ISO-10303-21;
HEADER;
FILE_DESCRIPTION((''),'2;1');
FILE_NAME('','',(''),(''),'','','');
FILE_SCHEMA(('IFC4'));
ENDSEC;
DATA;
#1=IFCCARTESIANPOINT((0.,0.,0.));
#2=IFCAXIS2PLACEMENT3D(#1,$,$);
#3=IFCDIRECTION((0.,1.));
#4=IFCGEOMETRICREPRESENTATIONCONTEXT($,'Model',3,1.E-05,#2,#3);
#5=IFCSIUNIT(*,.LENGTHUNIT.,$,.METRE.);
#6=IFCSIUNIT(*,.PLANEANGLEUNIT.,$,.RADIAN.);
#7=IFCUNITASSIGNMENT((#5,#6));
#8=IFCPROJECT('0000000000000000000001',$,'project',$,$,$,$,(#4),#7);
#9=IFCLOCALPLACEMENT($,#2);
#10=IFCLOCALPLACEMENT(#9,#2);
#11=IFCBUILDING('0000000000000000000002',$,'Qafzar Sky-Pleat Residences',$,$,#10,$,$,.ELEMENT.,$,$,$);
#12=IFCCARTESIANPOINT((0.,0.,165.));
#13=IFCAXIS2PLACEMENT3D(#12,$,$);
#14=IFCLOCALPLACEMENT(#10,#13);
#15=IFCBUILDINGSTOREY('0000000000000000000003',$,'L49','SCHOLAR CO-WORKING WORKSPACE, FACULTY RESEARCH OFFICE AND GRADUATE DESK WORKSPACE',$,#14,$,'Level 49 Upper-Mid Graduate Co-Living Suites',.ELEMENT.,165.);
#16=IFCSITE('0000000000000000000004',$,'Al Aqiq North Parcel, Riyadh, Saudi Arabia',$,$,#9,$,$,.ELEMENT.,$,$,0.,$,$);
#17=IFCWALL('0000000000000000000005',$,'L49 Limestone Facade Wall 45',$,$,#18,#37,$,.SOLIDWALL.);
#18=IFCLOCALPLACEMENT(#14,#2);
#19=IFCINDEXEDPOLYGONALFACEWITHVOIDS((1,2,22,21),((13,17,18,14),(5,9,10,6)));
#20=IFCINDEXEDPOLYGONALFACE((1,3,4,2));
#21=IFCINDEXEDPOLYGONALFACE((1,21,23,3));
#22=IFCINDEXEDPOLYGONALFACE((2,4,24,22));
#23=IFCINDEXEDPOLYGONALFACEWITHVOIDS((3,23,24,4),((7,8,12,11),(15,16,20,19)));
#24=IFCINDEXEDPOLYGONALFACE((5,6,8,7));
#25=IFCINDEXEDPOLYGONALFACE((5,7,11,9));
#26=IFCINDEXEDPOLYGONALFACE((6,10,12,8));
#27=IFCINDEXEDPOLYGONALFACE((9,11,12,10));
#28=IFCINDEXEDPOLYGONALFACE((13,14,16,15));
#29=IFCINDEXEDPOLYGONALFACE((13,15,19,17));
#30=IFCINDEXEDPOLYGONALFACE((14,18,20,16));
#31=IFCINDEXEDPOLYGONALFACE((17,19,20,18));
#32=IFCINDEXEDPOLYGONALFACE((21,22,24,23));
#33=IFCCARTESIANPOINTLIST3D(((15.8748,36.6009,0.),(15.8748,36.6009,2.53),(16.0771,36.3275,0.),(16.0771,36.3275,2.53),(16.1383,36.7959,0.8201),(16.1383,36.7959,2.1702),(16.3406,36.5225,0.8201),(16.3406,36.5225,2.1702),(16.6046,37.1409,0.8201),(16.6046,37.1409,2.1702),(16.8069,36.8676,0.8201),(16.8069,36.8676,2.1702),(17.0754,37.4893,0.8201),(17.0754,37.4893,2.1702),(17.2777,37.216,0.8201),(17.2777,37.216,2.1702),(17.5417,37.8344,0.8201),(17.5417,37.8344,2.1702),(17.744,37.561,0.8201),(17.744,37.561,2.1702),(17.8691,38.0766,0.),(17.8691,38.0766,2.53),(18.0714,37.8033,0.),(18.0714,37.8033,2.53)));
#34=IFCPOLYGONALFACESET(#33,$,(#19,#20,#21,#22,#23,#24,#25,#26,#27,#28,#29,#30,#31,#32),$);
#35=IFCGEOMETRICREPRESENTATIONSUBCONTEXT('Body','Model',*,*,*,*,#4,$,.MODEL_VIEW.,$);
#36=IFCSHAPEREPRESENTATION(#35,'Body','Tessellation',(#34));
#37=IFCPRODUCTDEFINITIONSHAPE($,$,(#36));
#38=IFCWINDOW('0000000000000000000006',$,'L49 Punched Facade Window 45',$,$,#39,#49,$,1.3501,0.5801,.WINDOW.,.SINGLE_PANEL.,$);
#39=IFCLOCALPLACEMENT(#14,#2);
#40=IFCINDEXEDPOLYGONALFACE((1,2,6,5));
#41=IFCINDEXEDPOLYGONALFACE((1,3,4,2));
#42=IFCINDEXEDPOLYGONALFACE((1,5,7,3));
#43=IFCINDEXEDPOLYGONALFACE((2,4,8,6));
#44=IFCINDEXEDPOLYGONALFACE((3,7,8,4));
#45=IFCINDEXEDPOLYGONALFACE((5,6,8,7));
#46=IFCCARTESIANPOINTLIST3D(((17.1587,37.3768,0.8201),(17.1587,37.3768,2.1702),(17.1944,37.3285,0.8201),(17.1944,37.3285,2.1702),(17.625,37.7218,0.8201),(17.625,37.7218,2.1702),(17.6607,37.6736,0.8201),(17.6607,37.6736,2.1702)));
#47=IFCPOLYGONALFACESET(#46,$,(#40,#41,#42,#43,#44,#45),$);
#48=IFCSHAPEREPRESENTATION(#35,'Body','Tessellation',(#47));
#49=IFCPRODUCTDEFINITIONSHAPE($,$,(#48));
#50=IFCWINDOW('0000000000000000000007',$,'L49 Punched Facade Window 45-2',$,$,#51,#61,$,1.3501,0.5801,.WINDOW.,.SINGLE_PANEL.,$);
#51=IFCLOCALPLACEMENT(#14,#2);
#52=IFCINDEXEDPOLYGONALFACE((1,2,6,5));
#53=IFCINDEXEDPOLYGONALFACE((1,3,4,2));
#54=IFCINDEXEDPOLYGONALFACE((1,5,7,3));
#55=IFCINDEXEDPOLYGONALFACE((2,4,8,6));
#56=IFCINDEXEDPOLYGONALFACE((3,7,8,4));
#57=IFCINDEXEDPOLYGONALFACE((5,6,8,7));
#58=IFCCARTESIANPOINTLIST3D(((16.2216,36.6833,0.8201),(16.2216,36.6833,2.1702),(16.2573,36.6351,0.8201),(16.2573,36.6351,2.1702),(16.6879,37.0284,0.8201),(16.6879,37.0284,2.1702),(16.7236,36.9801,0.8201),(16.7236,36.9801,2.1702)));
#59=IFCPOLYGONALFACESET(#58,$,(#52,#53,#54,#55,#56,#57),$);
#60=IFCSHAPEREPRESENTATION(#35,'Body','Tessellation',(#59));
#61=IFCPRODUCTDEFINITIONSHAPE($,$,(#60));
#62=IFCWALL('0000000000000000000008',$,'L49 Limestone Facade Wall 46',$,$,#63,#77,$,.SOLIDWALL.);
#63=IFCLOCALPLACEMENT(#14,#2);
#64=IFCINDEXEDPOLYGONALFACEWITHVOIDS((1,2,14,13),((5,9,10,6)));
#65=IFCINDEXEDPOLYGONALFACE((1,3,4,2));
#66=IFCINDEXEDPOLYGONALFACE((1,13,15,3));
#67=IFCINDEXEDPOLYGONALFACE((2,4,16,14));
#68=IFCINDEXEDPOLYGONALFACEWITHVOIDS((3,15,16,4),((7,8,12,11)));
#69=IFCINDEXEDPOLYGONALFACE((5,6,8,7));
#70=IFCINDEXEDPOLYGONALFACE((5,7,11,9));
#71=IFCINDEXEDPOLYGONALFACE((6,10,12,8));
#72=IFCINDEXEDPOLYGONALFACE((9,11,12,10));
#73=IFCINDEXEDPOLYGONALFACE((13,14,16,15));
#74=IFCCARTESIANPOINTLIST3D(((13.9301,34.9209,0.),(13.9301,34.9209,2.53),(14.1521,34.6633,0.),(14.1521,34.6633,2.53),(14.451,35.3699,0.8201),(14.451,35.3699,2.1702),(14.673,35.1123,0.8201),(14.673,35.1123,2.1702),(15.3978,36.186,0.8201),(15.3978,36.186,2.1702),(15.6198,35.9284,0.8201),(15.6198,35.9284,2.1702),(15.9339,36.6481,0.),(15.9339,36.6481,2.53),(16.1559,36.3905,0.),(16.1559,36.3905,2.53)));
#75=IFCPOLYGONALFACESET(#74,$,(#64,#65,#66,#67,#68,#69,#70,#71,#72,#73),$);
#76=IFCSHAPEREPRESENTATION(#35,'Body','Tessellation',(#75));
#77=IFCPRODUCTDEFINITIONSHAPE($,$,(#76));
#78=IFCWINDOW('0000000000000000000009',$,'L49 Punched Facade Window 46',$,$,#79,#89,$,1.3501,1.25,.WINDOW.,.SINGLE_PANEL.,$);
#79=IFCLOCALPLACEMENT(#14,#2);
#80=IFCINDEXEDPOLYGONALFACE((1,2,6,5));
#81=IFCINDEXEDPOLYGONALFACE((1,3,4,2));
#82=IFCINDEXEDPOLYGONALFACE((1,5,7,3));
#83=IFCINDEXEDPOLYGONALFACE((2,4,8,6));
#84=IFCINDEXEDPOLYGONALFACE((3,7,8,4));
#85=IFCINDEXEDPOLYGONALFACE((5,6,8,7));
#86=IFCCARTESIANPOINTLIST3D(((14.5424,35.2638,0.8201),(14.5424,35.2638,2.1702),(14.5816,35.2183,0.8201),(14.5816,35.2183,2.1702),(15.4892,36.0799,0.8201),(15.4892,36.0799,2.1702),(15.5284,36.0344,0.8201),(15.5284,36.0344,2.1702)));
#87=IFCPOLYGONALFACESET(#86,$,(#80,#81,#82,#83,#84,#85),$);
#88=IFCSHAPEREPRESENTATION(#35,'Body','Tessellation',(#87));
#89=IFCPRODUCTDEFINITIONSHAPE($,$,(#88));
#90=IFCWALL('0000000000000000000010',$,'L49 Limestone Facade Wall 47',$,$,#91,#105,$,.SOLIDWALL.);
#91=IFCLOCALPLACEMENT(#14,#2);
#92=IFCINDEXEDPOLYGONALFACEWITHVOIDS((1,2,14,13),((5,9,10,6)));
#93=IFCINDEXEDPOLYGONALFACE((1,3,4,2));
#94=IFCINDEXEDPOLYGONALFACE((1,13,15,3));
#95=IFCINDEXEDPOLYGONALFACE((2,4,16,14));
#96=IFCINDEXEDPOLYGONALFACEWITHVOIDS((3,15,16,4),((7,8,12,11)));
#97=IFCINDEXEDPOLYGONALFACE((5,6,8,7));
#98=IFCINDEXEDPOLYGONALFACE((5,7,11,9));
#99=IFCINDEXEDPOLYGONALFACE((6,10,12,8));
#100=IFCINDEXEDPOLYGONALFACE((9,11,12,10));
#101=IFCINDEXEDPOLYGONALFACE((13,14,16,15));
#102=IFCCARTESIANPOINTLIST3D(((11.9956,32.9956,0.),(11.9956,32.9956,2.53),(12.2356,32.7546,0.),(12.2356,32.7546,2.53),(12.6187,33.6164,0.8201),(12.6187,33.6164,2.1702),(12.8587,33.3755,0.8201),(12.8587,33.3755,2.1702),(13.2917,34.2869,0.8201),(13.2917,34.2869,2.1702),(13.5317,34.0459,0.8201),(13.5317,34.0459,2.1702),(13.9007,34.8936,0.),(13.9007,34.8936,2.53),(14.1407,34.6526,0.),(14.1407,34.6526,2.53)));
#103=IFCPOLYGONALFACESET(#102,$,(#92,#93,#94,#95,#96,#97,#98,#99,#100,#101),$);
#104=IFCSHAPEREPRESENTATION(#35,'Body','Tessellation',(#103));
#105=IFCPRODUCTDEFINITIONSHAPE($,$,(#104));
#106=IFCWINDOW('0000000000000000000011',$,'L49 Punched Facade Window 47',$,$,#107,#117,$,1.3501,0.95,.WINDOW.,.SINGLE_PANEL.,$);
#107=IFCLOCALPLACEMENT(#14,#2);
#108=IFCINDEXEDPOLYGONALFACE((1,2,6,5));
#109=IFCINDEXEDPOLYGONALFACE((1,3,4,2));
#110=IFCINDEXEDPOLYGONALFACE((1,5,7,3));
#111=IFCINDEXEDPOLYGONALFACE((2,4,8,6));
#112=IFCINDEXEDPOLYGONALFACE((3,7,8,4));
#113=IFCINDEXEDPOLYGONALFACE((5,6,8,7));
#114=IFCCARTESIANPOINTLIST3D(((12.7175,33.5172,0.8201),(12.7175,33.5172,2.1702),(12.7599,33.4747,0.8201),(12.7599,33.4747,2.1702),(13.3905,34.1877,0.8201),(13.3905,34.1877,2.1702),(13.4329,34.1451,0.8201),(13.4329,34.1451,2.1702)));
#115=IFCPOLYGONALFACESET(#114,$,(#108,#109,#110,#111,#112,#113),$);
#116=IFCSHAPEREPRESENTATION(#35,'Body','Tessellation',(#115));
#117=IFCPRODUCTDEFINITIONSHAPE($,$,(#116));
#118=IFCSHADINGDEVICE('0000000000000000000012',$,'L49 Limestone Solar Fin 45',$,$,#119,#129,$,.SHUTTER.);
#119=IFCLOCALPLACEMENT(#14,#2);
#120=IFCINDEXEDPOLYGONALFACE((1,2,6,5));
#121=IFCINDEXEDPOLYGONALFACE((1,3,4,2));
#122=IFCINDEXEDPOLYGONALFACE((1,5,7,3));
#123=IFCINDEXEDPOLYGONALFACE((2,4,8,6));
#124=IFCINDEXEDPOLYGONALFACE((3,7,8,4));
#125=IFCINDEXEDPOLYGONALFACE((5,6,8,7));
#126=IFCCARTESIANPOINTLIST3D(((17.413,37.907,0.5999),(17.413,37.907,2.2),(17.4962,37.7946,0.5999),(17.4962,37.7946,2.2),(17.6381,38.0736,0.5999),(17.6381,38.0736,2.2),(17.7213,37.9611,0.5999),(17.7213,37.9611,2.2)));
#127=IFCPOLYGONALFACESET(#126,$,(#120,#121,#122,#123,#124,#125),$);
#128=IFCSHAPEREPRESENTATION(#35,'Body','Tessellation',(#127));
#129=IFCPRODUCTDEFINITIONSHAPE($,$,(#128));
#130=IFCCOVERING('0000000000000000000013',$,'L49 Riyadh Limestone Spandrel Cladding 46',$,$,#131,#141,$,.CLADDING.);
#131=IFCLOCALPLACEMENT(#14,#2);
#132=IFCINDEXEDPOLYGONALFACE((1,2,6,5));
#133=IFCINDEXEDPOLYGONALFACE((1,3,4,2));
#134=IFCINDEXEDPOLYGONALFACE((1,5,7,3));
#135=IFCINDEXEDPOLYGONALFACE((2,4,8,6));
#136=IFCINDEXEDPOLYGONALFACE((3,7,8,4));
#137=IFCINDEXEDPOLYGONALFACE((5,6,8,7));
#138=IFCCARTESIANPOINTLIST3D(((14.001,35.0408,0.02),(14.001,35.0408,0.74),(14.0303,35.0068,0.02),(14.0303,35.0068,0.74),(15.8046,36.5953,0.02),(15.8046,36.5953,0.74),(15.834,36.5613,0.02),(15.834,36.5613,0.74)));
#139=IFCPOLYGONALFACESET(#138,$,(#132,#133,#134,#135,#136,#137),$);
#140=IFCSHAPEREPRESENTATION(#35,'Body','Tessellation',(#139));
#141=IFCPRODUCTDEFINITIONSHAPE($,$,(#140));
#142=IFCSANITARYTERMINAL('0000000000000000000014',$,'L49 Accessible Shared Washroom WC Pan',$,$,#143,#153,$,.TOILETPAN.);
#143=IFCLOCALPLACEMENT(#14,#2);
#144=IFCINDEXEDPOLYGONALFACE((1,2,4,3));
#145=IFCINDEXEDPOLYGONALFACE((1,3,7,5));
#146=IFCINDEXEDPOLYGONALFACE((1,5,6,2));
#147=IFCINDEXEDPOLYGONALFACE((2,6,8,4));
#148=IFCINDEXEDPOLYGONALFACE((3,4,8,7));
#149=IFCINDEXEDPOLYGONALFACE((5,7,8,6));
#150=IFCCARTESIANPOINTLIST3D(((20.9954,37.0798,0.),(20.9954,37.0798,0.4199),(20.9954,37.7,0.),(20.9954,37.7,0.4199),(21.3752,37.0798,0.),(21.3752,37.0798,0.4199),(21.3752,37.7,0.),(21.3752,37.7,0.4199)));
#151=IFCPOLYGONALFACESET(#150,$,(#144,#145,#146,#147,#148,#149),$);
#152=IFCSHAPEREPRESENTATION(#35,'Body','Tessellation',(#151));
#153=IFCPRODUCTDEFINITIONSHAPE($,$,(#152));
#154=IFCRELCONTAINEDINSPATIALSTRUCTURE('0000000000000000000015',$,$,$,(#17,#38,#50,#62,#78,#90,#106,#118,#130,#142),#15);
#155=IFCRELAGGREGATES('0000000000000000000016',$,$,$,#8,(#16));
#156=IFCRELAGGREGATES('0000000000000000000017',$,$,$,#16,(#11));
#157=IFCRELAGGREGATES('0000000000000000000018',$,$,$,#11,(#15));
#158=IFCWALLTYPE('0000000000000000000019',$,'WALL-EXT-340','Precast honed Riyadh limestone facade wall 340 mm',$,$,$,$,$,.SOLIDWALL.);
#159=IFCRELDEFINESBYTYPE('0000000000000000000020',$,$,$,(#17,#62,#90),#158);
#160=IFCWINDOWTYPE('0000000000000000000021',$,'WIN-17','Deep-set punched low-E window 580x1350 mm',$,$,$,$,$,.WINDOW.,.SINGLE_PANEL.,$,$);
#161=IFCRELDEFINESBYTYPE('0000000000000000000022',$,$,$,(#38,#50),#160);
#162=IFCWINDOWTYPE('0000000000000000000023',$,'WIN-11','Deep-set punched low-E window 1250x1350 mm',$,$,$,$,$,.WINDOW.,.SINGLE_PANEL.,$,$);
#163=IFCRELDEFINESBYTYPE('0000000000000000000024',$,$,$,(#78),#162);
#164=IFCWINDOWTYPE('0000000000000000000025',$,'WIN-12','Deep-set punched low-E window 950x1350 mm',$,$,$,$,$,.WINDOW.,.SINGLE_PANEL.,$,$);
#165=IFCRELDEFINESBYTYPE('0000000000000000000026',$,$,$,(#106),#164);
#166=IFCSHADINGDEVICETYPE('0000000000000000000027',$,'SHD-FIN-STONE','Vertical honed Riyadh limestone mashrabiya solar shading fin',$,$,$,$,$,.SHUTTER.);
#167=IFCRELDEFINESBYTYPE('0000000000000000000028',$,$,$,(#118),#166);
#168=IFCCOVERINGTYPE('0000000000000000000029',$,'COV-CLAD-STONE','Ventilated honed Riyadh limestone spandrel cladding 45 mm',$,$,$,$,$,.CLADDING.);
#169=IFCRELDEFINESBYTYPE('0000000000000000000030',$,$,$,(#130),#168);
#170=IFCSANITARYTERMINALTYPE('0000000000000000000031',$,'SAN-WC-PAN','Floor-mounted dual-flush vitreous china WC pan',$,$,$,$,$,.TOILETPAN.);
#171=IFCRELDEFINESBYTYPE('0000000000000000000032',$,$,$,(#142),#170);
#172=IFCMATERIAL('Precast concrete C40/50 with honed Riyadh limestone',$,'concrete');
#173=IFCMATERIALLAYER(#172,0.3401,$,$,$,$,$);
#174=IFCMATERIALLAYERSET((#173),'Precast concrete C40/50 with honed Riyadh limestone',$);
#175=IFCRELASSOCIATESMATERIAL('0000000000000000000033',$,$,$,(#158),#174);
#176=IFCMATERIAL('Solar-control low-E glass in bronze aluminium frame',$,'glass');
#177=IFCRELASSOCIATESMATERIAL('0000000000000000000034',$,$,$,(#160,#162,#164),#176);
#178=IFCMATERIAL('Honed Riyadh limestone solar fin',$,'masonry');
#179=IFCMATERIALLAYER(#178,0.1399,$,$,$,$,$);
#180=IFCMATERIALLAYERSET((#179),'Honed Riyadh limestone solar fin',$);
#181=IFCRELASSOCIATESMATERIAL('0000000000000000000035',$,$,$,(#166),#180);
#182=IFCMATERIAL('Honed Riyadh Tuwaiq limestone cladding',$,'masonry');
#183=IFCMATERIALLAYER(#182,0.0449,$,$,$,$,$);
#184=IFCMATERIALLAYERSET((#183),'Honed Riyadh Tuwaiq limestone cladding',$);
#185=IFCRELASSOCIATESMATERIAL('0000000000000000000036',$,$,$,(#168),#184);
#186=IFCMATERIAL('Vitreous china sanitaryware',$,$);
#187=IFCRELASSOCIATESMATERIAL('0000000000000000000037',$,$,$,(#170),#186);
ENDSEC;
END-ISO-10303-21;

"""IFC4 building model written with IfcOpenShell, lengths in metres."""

from ifc_helpers import new_model, si_unit, direction, frame, frame_2d, origin, origin_2d, place, context, subcontext, project, spatial, rectangle, extrude, source, transform, mapped, material, layer, layer_set, type_object, element, fill, save


model = new_model("IFC4")

# Units and contexts
model_context = context("Model", 3, precision=1e-05, world=origin(), true_north=direction((0.0, 1.0)))
body_context = subcontext(model_context, "Body", "Model", "MODEL_VIEW")
ifc_project = project(units=[si_unit("LENGTHUNIT", "METRE"), si_unit("PLANEANGLEUNIT", "RADIAN")], contexts=[model_context])

# Site, building, storey
site_placement = place(None, origin())
site = spatial("IfcSite", under=ifc_project, at=site_placement, Name="Al Aqiq North Parcel, Riyadh, Saudi Arabia", CompositionType="ELEMENT", RefElevation=0.0)
building_placement = place(site_placement, origin())
building = spatial("IfcBuilding", under=site, at=building_placement, Name="Qafzar Sky-Pleat Residences", CompositionType="ELEMENT")
storey_placement = place(building_placement, frame((0.0, 0.0, 165.0)))
storey = spatial("IfcBuildingStorey", under=building, at=storey_placement, Name="L49", Description="SCHOLAR CO-WORKING WORKSPACE, FACULTY RESEARCH OFFICE AND GRADUATE DESK WORKSPACE", LongName="Level 49 Upper-Mid Graduate Co-Living Suites", CompositionType="ELEMENT", Elevation=165.0)

# Shared definitions
ifc_material_1 = material(Name="Precast concrete C40/50 with honed Riyadh limestone", Category="concrete")
ifc_layer_1 = layer(ifc_material_1, 0.3401)
ifc_layer_set_1 = layer_set([ifc_layer_1], Name="Precast concrete C40/50 with honed Riyadh limestone")
wall_type_1 = type_object("IfcWallType", Name="WALL-EXT-340", Description="Precast honed Riyadh limestone facade wall 340 mm", PredefinedType="SOLIDWALL", material=ifc_layer_set_1)
ifc_material_2 = material(Name="Solar-control low-E glass in bronze aluminium frame", Category="glass")

# Wall, openings, windows
wall_1_placement = place(storey_placement, frame((17.9702, 37.9399, 0.0), z_axis=(0.0, 0.0, 1.0), x_axis=(-0.803845, -0.594839, 0.0)))
wall_1 = element("IfcWall", 1, at=wall_1_placement, inside=storey, type_object=wall_type_1, Name="L49 Limestone Facade Wall 45", PredefinedType="SOLIDWALL", context=body_context, shape_type="SweptSolid", body=[
    extrude(rectangle(XDim=2.481, YDim=0.3401, at=frame_2d((1.2405, 0.0))), origin(), (0.0, 0.0, 1.0), 2.53),
])
opening_1_placement = place(wall_1_placement, frame((0.4072, 0.0, 0.8201)))
opening_1 = element("IfcOpeningElement", 2, at=opening_1_placement, cuts=wall_1, PredefinedType="OPENING", context=body_context, shape_type="SweptSolid", body=[
    extrude(rectangle(XDim=0.5801, YDim=1.3501, at=frame_2d((0.29, 0.675))), frame((0.0, 0.1802, 0.0), z_axis=(0.0, -1.0, 0.0), x_axis=(1.0, 0.0, 0.0)), (0.0, 0.0, 1.0), 0.3601),
])
opening_2_placement = place(wall_1_placement, frame((1.573, 0.0, 0.8201)))
opening_2 = element("IfcOpeningElement", 3, at=opening_2_placement, cuts=wall_1, PredefinedType="OPENING", context=body_context, shape_type="SweptSolid", body=[
    extrude(rectangle(XDim=0.5801, YDim=1.3501, at=frame_2d((0.29, 0.675))), frame((0.0, 0.1802, 0.0), z_axis=(0.0, -1.0, 0.0), x_axis=(1.0, 0.0, 0.0)), (0.0, 0.0, 1.0), 0.3601),
])
window_type_1 = type_object("IfcWindowType", Name="WIN-17", Description="Deep-set punched low-E window 580x1350 mm", PartitioningType="SINGLE_PANEL", PredefinedType="WINDOW", material=ifc_material_2)
shared_shape_1 = source(origin(), body_context, "Body", "SweptSolid", [
    extrude(rectangle(XDim=0.5801, YDim=1.3501, at=frame_2d((0.29, 0.675))), frame((0.0, 0.03, 0.0), z_axis=(0.0, -1.0, 0.0), x_axis=(1.0, 0.0, 0.0)), (0.0, 0.0, 1.0), 0.0601),
])
window_1_placement = place(opening_1_placement, origin())
window_1 = element("IfcWindow", 4, at=window_1_placement, inside=storey, type_object=window_type_1, Name="L49 Punched Facade Window 45", OverallHeight=1.3501, OverallWidth=0.5801, PartitioningType="SINGLE_PANEL", PredefinedType="WINDOW", context=body_context, shape_type="MappedRepresentation", body=[
    mapped(shared_shape_1, transform((0.0, 0.0, 0.0), x_axis=(1.0, 0.0, 0.0), y_axis=(0.0, 1.0, 0.0), z_axis=(0.0, 0.0, 1.0), scale=1.0)),
])
fill(opening_1, window_1)
window_2_placement = place(opening_2_placement, origin())
window_2 = element("IfcWindow", 5, at=window_2_placement, inside=storey, type_object=window_type_1, Name="L49 Punched Facade Window 45-2", OverallHeight=1.3501, OverallWidth=0.5801, PartitioningType="SINGLE_PANEL", PredefinedType="WINDOW", context=body_context, shape_type="MappedRepresentation", body=[
    mapped(shared_shape_1, transform((0.0, 0.0, 0.0), x_axis=(1.0, 0.0, 0.0), y_axis=(0.0, 1.0, 0.0), z_axis=(0.0, 0.0, 1.0), scale=1.0)),
])
fill(opening_2, window_2)

# Walls, openings, windows
wall_2_placement = place(storey_placement, frame((16.0449, 36.5193, 0.0), z_axis=(0.0, 0.0, 1.0), x_axis=(-0.757449, -0.652894, 0.0)))
wall_2 = element("IfcWall", 6, at=wall_2_placement, inside=storey, type_object=wall_type_1, Name="L49 Limestone Facade Wall 46", PredefinedType="SOLIDWALL", context=body_context, shape_type="SweptSolid", body=[
    extrude(rectangle(XDim=2.6455, YDim=0.3401, at=frame_2d((1.3228, 0.0))), origin(), (0.0, 0.0, 1.0), 2.53),
])
opening_3_placement = place(wall_2_placement, frame((0.7078, 0.0, 0.8201)))
opening_3 = element("IfcOpeningElement", 7, at=opening_3_placement, cuts=wall_2, PredefinedType="OPENING", context=body_context, shape_type="SweptSolid", body=[
    extrude(rectangle(XDim=1.25, YDim=1.3501, at=frame_2d((0.625, 0.675))), frame((0.0, 0.1802, 0.0), z_axis=(0.0, -1.0, 0.0), x_axis=(1.0, 0.0, 0.0)), (0.0, 0.0, 1.0), 0.3601),
])
window_type_2 = type_object("IfcWindowType", Name="WIN-11", Description="Deep-set punched low-E window 1250x1350 mm", PartitioningType="SINGLE_PANEL", PredefinedType="WINDOW", material=ifc_material_2)
shared_shape_2 = source(origin(), body_context, "Body", "SweptSolid", [
    extrude(rectangle(XDim=1.25, YDim=1.3501, at=frame_2d((0.625, 0.675))), frame((0.0, 0.03, 0.0), z_axis=(0.0, -1.0, 0.0), x_axis=(1.0, 0.0, 0.0)), (0.0, 0.0, 1.0), 0.0601),
])
window_3_placement = place(opening_3_placement, origin())
window_3 = element("IfcWindow", 8, at=window_3_placement, inside=storey, type_object=window_type_2, Name="L49 Punched Facade Window 46", OverallHeight=1.3501, OverallWidth=1.25, PartitioningType="SINGLE_PANEL", PredefinedType="WINDOW", context=body_context, shape_type="MappedRepresentation", body=[
    mapped(shared_shape_2, transform((0.0, 0.0, 0.0), x_axis=(1.0, 0.0, 0.0), y_axis=(0.0, 1.0, 0.0), z_axis=(0.0, 0.0, 1.0), scale=1.0)),
])
fill(opening_3, window_3)
wall_3_placement = place(storey_placement, frame((14.0208, 34.7732, 0.0), z_axis=(0.0, 0.0, 1.0), x_axis=(-0.708422, -0.705789, 0.0)))
wall_3 = element("IfcWall", 9, at=wall_3_placement, inside=storey, type_object=wall_type_1, Name="L49 Limestone Facade Wall 47", PredefinedType="SOLIDWALL", context=body_context, shape_type="SweptSolid", body=[
    extrude(rectangle(XDim=2.6892, YDim=0.3401, at=frame_2d((1.3447, 0.0))), origin(), (0.0, 0.0, 1.0), 2.53),
])
opening_4_placement = place(wall_3_placement, frame((0.8596, 0.0, 0.8201)))
opening_4 = element("IfcOpeningElement", 10, at=opening_4_placement, cuts=wall_3, PredefinedType="OPENING", context=body_context, shape_type="SweptSolid", body=[
    extrude(rectangle(XDim=0.95, YDim=1.3501, at=frame_2d((0.4751, 0.675))), frame((0.0, 0.1802, 0.0), z_axis=(0.0, -1.0, 0.0), x_axis=(1.0, 0.0, 0.0)), (0.0, 0.0, 1.0), 0.3601),
])
window_type_3 = type_object("IfcWindowType", Name="WIN-12", Description="Deep-set punched low-E window 950x1350 mm", PartitioningType="SINGLE_PANEL", PredefinedType="WINDOW", material=ifc_material_2)
shared_shape_3 = source(origin(), body_context, "Body", "SweptSolid", [
    extrude(rectangle(XDim=0.95, YDim=1.3501, at=frame_2d((0.4751, 0.675))), frame((0.0, 0.03, 0.0), z_axis=(0.0, -1.0, 0.0), x_axis=(1.0, 0.0, 0.0)), (0.0, 0.0, 1.0), 0.0601),
])
window_4_placement = place(opening_4_placement, origin())
window_4 = element("IfcWindow", 11, at=window_4_placement, inside=storey, type_object=window_type_3, Name="L49 Punched Facade Window 47", OverallHeight=1.3501, OverallWidth=0.95, PartitioningType="SINGLE_PANEL", PredefinedType="WINDOW", context=body_context, shape_type="MappedRepresentation", body=[
    mapped(shared_shape_3, transform((0.0, 0.0, 0.0), x_axis=(1.0, 0.0, 0.0), y_axis=(0.0, 1.0, 0.0), z_axis=(0.0, 0.0, 1.0), scale=1.0)),
])
fill(opening_4, window_4)

# Shading device
ifc_material_3 = material(Name="Honed Riyadh limestone solar fin", Category="masonry")
ifc_layer_2 = layer(ifc_material_3, 0.1399)
ifc_layer_set_2 = layer_set([ifc_layer_2], Name="Honed Riyadh limestone solar fin")
shading_device_type = type_object("IfcShadingDeviceType", Name="SHD-FIN-STONE", Description="Vertical honed Riyadh limestone mashrabiya solar shading fin", PredefinedType="SHUTTER", material=ifc_layer_set_2)
shared_shape_4 = source(origin(), body_context, "Body", "SweptSolid", [
    extrude(rectangle(XDim=0.1399, YDim=0.28, at=origin_2d()), origin(), (0.0, 0.0, 1.0), 1.6001),
])
shading_device_placement = place(storey_placement, frame((17.5671, 37.9341, 0.5999), z_axis=(0.0, 0.0, 1.0), x_axis=(-0.594864, 0.803826, 0.0)))
element("IfcShadingDevice", 12, at=shading_device_placement, inside=storey, type_object=shading_device_type, Name="L49 Limestone Solar Fin 45", PredefinedType="SHUTTER", context=body_context, shape_type="MappedRepresentation", body=[
    mapped(shared_shape_4, transform((0.0, 0.0, 0.0), x_axis=(1.0, 0.0, 0.0), y_axis=(0.0, 1.0, 0.0), z_axis=(0.0, 0.0, 1.0), scale=1.0)),
])

# Covering
ifc_material_4 = material(Name="Honed Riyadh Tuwaiq limestone cladding", Category="masonry")
ifc_layer_3 = layer(ifc_material_4, 0.0449)
ifc_layer_set_3 = layer_set([ifc_layer_3], Name="Honed Riyadh Tuwaiq limestone cladding")
covering_type = type_object("IfcCoveringType", Name="COV-CLAD-STONE", Description="Ventilated honed Riyadh limestone spandrel cladding 45 mm", PredefinedType="CLADDING", material=ifc_layer_set_3)
shared_shape_5 = source(origin(), body_context, "Body", "SweptSolid", [
    extrude(rectangle(XDim=2.3811, YDim=0.0449, at=origin_2d()), origin(), (0.0, 0.0, 1.0), 0.72),
])
covering_placement = place(storey_placement, frame((14.9175, 35.801, 0.02), z_axis=(0.0, 0.0, 1.0), x_axis=(-0.757482, -0.652856, 0.0)))
element("IfcCovering", 13, at=covering_placement, inside=storey, type_object=covering_type, Name="L49 Riyadh Limestone Spandrel Cladding 46", PredefinedType="CLADDING", context=body_context, shape_type="MappedRepresentation", body=[
    mapped(shared_shape_5, transform((0.0, 0.0, 0.0), x_axis=(1.0, 0.0, 0.0), y_axis=(0.0, 1.0, 0.0), z_axis=(0.0, 0.0, 1.0), scale=1.0)),
])

# Sanitary terminal
ifc_material_5 = material(Name="Vitreous china sanitaryware")
sanitary_terminal_type = type_object("IfcSanitaryTerminalType", Name="SAN-WC-PAN", Description="Floor-mounted dual-flush vitreous china WC pan", PredefinedType="TOILETPAN", material=ifc_material_5)
shared_shape_6 = source(origin(), body_context, "Body", "SweptSolid", [
    extrude(rectangle(XDim=0.3799, YDim=0.6201, at=origin_2d()), origin(), (0.0, 0.0, 1.0), 0.4199),
])
sanitary_terminal_placement = place(storey_placement, frame((21.1853, 37.3899, 0.0), z_axis=(0.0, 0.0, 1.0), x_axis=(1.0, 0.0, 0.0)))
element("IfcSanitaryTerminal", 14, at=sanitary_terminal_placement, inside=storey, type_object=sanitary_terminal_type, Name="L49 Accessible Shared Washroom WC Pan", PredefinedType="TOILETPAN", context=body_context, shape_type="MappedRepresentation", body=[
    mapped(shared_shape_6, transform((0.0, 0.0, 0.0), x_axis=(1.0, 0.0, 0.0), y_axis=(0.0, 1.0, 0.0), z_axis=(0.0, 0.0, 1.0), scale=1.0)),
])

save(model, "model.ifc")
